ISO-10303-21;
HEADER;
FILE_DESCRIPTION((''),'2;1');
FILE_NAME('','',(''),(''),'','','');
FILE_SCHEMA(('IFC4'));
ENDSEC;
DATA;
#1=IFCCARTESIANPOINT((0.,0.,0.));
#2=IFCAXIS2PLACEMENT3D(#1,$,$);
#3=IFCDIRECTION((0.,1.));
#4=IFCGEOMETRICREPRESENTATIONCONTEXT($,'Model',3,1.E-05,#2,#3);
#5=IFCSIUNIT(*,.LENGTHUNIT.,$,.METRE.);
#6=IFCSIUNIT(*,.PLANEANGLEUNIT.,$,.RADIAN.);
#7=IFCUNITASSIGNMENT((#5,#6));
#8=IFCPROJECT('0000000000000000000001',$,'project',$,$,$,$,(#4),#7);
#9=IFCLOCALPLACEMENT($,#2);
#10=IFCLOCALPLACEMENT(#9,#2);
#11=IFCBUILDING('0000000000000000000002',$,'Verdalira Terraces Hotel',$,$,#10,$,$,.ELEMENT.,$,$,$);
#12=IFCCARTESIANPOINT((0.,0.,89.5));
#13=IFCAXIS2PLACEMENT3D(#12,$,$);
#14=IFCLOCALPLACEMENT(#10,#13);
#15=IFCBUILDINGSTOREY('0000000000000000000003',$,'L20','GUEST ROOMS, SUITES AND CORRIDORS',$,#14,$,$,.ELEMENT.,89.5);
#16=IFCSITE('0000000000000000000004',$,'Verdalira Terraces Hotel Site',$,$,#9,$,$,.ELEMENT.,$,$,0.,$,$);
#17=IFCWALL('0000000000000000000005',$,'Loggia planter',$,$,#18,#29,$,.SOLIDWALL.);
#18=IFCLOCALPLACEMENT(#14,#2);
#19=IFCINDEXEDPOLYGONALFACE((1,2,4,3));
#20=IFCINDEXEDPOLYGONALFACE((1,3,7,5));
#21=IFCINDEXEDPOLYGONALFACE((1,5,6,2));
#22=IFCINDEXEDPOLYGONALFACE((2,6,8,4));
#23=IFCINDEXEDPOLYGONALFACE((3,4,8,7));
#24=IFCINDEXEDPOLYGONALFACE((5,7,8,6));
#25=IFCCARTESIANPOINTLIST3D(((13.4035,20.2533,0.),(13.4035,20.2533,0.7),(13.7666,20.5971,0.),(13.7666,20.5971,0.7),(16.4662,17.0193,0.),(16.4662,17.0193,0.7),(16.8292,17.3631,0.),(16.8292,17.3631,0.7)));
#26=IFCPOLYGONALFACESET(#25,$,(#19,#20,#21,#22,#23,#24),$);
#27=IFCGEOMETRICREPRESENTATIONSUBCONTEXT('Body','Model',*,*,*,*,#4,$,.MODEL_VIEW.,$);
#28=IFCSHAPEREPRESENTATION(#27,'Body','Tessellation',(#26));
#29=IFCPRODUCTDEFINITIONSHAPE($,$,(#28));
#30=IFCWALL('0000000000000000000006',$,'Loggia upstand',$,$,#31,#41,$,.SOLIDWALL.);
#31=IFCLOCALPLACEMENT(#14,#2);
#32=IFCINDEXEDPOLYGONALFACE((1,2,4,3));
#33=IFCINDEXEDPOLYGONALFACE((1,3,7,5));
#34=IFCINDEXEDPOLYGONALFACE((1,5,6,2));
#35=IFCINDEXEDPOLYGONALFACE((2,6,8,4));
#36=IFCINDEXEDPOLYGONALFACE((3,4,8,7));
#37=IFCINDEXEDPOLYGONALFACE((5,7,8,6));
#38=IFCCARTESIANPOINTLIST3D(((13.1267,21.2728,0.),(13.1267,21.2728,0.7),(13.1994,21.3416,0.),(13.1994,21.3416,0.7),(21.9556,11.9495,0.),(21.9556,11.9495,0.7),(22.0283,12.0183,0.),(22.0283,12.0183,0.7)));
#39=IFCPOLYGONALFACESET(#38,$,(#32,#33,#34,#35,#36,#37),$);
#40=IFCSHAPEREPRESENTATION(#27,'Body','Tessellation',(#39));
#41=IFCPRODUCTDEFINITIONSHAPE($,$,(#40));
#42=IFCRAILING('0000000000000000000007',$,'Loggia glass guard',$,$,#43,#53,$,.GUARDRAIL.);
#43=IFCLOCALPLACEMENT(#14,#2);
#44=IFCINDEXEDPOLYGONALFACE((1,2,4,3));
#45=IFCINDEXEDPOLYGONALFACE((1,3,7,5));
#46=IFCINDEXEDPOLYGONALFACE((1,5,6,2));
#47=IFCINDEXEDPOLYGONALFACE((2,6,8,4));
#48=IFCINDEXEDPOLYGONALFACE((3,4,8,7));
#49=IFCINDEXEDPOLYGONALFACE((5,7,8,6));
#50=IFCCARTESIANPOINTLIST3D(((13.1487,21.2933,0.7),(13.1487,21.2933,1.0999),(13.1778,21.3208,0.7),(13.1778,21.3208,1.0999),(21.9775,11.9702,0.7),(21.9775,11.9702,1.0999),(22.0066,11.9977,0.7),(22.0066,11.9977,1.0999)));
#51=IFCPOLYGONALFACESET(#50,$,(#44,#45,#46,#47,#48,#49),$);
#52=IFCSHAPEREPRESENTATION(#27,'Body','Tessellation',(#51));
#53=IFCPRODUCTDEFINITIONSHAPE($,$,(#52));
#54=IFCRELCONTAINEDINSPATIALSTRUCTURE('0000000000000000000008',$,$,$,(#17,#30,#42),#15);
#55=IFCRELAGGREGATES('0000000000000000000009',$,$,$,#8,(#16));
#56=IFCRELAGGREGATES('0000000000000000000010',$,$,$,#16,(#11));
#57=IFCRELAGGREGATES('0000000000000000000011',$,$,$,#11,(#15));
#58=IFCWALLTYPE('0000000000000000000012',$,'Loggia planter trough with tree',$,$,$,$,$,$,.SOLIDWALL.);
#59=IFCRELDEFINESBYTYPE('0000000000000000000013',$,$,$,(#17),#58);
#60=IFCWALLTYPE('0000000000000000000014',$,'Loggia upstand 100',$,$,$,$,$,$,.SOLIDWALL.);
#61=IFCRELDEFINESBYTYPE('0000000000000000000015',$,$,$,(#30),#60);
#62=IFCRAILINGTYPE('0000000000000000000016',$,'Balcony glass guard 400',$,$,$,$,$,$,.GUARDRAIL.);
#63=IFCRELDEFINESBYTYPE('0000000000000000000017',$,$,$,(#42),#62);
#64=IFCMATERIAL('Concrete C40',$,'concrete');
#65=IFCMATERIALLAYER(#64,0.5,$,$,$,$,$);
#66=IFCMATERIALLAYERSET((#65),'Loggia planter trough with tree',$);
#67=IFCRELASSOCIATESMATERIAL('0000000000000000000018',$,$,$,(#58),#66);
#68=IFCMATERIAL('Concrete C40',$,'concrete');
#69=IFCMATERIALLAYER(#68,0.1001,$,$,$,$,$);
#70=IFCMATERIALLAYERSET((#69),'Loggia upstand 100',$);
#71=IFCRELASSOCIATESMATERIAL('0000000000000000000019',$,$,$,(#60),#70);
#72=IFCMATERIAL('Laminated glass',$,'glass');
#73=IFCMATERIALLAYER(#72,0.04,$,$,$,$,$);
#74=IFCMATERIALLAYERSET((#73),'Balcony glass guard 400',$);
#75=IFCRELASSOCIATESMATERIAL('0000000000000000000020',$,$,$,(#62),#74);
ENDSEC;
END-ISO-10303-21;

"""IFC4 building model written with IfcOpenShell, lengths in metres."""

from ifc_helpers import new_model, si_unit, direction, frame, frame_2d, origin, origin_2d, place, context, subcontext, project, spatial, rectangle, extrude, material, layer, layer_set, type_object, element, save


model = new_model("IFC4")

# Units and contexts
model_context = context("Model", 3, precision=1e-05, world=origin(), true_north=direction((0.0, 1.0)))
body_context = subcontext(model_context, "Body", "Model", "MODEL_VIEW")
ifc_project = project(units=[si_unit("LENGTHUNIT", "METRE"), si_unit("PLANEANGLEUNIT", "RADIAN")], contexts=[model_context])

# Site, building, storey
site_placement = place(None, origin())
site = spatial("IfcSite", under=ifc_project, at=site_placement, Name="Verdalira Terraces Hotel Site", CompositionType="ELEMENT", RefElevation=0.0)
building_placement = place(site_placement, origin())
building = spatial("IfcBuilding", under=site, at=building_placement, Name="Verdalira Terraces Hotel", CompositionType="ELEMENT")
storey_placement = place(building_placement, frame((0.0, 0.0, 89.5)))
storey = spatial("IfcBuildingStorey", under=building, at=storey_placement, Name="L20", Description="GUEST ROOMS, SUITES AND CORRIDORS", CompositionType="ELEMENT", Elevation=89.5)

# Walls
ifc_material_1 = material(Name="Concrete C40", Category="concrete")
ifc_layer_1 = layer(ifc_material_1, 0.5)
ifc_layer_set_1 = layer_set([ifc_layer_1], Name="Loggia planter trough with tree")
wall_type_1 = type_object("IfcWallType", Name="Loggia planter trough with tree", PredefinedType="SOLIDWALL", material=ifc_layer_set_1)
wall_1_placement = place(storey_placement, frame((16.6477, 17.1912, 0.0), z_axis=(0.0, 0.0, 1.0), x_axis=(-0.687606, 0.726084, 0.0)))
element("IfcWall", 1, at=wall_1_placement, inside=storey, type_object=wall_type_1, Name="Loggia planter", PredefinedType="SOLIDWALL", context=body_context, shape_type="SweptSolid", body=[
    extrude(rectangle(XDim=4.4541, YDim=0.5, at=frame_2d((2.2271, 0.0))), origin(), (0.0, 0.0, 1.0), 0.7),
])
ifc_material_2 = material(Name="Concrete C40", Category="concrete")
ifc_layer_2 = layer(ifc_material_2, 0.1001)
ifc_layer_set_2 = layer_set([ifc_layer_2], Name="Loggia upstand 100")
wall_type_2 = type_object("IfcWallType", Name="Loggia upstand 100", PredefinedType="SOLIDWALL", material=ifc_layer_set_2)
wall_2_placement = place(storey_placement, frame((21.9919, 11.9839, 0.0), z_axis=(0.0, 0.0, 1.0), x_axis=(-0.687593, 0.726096, 0.0)))
element("IfcWall", 2, at=wall_2_placement, inside=storey, type_object=wall_type_2, Name="Loggia upstand", PredefinedType="SOLIDWALL", context=body_context, shape_type="SweptSolid", body=[
    extrude(rectangle(XDim=12.8403, YDim=0.1001, at=frame_2d((6.4202, 0.0))), origin(), (0.0, 0.0, 1.0), 0.7),
])

# Railing
ifc_material_3 = material(Name="Laminated glass", Category="glass")
ifc_layer_3 = layer(ifc_material_3, 0.04)
ifc_layer_set_3 = layer_set([ifc_layer_3], Name="Balcony glass guard 400")
railing_type = type_object("IfcRailingType", Name="Balcony glass guard 400", PredefinedType="GUARDRAIL", material=ifc_layer_set_3)
railing_placement = place(storey_placement, frame((17.5776, 16.6455, 0.7), z_axis=(0.0, 0.0, 1.0), x_axis=(-0.687595, 0.726095, 0.0)))
element("IfcRailing", 3, at=railing_placement, inside=storey, type_object=railing_type, Name="Loggia glass guard", PredefinedType="GUARDRAIL", context=body_context, shape_type="SweptSolid", body=[
    extrude(rectangle(XDim=12.8401, YDim=0.04, at=origin_2d()), origin(), (0.0, 0.0, 1.0), 0.3999),
])

save(model, "model.ifc")
